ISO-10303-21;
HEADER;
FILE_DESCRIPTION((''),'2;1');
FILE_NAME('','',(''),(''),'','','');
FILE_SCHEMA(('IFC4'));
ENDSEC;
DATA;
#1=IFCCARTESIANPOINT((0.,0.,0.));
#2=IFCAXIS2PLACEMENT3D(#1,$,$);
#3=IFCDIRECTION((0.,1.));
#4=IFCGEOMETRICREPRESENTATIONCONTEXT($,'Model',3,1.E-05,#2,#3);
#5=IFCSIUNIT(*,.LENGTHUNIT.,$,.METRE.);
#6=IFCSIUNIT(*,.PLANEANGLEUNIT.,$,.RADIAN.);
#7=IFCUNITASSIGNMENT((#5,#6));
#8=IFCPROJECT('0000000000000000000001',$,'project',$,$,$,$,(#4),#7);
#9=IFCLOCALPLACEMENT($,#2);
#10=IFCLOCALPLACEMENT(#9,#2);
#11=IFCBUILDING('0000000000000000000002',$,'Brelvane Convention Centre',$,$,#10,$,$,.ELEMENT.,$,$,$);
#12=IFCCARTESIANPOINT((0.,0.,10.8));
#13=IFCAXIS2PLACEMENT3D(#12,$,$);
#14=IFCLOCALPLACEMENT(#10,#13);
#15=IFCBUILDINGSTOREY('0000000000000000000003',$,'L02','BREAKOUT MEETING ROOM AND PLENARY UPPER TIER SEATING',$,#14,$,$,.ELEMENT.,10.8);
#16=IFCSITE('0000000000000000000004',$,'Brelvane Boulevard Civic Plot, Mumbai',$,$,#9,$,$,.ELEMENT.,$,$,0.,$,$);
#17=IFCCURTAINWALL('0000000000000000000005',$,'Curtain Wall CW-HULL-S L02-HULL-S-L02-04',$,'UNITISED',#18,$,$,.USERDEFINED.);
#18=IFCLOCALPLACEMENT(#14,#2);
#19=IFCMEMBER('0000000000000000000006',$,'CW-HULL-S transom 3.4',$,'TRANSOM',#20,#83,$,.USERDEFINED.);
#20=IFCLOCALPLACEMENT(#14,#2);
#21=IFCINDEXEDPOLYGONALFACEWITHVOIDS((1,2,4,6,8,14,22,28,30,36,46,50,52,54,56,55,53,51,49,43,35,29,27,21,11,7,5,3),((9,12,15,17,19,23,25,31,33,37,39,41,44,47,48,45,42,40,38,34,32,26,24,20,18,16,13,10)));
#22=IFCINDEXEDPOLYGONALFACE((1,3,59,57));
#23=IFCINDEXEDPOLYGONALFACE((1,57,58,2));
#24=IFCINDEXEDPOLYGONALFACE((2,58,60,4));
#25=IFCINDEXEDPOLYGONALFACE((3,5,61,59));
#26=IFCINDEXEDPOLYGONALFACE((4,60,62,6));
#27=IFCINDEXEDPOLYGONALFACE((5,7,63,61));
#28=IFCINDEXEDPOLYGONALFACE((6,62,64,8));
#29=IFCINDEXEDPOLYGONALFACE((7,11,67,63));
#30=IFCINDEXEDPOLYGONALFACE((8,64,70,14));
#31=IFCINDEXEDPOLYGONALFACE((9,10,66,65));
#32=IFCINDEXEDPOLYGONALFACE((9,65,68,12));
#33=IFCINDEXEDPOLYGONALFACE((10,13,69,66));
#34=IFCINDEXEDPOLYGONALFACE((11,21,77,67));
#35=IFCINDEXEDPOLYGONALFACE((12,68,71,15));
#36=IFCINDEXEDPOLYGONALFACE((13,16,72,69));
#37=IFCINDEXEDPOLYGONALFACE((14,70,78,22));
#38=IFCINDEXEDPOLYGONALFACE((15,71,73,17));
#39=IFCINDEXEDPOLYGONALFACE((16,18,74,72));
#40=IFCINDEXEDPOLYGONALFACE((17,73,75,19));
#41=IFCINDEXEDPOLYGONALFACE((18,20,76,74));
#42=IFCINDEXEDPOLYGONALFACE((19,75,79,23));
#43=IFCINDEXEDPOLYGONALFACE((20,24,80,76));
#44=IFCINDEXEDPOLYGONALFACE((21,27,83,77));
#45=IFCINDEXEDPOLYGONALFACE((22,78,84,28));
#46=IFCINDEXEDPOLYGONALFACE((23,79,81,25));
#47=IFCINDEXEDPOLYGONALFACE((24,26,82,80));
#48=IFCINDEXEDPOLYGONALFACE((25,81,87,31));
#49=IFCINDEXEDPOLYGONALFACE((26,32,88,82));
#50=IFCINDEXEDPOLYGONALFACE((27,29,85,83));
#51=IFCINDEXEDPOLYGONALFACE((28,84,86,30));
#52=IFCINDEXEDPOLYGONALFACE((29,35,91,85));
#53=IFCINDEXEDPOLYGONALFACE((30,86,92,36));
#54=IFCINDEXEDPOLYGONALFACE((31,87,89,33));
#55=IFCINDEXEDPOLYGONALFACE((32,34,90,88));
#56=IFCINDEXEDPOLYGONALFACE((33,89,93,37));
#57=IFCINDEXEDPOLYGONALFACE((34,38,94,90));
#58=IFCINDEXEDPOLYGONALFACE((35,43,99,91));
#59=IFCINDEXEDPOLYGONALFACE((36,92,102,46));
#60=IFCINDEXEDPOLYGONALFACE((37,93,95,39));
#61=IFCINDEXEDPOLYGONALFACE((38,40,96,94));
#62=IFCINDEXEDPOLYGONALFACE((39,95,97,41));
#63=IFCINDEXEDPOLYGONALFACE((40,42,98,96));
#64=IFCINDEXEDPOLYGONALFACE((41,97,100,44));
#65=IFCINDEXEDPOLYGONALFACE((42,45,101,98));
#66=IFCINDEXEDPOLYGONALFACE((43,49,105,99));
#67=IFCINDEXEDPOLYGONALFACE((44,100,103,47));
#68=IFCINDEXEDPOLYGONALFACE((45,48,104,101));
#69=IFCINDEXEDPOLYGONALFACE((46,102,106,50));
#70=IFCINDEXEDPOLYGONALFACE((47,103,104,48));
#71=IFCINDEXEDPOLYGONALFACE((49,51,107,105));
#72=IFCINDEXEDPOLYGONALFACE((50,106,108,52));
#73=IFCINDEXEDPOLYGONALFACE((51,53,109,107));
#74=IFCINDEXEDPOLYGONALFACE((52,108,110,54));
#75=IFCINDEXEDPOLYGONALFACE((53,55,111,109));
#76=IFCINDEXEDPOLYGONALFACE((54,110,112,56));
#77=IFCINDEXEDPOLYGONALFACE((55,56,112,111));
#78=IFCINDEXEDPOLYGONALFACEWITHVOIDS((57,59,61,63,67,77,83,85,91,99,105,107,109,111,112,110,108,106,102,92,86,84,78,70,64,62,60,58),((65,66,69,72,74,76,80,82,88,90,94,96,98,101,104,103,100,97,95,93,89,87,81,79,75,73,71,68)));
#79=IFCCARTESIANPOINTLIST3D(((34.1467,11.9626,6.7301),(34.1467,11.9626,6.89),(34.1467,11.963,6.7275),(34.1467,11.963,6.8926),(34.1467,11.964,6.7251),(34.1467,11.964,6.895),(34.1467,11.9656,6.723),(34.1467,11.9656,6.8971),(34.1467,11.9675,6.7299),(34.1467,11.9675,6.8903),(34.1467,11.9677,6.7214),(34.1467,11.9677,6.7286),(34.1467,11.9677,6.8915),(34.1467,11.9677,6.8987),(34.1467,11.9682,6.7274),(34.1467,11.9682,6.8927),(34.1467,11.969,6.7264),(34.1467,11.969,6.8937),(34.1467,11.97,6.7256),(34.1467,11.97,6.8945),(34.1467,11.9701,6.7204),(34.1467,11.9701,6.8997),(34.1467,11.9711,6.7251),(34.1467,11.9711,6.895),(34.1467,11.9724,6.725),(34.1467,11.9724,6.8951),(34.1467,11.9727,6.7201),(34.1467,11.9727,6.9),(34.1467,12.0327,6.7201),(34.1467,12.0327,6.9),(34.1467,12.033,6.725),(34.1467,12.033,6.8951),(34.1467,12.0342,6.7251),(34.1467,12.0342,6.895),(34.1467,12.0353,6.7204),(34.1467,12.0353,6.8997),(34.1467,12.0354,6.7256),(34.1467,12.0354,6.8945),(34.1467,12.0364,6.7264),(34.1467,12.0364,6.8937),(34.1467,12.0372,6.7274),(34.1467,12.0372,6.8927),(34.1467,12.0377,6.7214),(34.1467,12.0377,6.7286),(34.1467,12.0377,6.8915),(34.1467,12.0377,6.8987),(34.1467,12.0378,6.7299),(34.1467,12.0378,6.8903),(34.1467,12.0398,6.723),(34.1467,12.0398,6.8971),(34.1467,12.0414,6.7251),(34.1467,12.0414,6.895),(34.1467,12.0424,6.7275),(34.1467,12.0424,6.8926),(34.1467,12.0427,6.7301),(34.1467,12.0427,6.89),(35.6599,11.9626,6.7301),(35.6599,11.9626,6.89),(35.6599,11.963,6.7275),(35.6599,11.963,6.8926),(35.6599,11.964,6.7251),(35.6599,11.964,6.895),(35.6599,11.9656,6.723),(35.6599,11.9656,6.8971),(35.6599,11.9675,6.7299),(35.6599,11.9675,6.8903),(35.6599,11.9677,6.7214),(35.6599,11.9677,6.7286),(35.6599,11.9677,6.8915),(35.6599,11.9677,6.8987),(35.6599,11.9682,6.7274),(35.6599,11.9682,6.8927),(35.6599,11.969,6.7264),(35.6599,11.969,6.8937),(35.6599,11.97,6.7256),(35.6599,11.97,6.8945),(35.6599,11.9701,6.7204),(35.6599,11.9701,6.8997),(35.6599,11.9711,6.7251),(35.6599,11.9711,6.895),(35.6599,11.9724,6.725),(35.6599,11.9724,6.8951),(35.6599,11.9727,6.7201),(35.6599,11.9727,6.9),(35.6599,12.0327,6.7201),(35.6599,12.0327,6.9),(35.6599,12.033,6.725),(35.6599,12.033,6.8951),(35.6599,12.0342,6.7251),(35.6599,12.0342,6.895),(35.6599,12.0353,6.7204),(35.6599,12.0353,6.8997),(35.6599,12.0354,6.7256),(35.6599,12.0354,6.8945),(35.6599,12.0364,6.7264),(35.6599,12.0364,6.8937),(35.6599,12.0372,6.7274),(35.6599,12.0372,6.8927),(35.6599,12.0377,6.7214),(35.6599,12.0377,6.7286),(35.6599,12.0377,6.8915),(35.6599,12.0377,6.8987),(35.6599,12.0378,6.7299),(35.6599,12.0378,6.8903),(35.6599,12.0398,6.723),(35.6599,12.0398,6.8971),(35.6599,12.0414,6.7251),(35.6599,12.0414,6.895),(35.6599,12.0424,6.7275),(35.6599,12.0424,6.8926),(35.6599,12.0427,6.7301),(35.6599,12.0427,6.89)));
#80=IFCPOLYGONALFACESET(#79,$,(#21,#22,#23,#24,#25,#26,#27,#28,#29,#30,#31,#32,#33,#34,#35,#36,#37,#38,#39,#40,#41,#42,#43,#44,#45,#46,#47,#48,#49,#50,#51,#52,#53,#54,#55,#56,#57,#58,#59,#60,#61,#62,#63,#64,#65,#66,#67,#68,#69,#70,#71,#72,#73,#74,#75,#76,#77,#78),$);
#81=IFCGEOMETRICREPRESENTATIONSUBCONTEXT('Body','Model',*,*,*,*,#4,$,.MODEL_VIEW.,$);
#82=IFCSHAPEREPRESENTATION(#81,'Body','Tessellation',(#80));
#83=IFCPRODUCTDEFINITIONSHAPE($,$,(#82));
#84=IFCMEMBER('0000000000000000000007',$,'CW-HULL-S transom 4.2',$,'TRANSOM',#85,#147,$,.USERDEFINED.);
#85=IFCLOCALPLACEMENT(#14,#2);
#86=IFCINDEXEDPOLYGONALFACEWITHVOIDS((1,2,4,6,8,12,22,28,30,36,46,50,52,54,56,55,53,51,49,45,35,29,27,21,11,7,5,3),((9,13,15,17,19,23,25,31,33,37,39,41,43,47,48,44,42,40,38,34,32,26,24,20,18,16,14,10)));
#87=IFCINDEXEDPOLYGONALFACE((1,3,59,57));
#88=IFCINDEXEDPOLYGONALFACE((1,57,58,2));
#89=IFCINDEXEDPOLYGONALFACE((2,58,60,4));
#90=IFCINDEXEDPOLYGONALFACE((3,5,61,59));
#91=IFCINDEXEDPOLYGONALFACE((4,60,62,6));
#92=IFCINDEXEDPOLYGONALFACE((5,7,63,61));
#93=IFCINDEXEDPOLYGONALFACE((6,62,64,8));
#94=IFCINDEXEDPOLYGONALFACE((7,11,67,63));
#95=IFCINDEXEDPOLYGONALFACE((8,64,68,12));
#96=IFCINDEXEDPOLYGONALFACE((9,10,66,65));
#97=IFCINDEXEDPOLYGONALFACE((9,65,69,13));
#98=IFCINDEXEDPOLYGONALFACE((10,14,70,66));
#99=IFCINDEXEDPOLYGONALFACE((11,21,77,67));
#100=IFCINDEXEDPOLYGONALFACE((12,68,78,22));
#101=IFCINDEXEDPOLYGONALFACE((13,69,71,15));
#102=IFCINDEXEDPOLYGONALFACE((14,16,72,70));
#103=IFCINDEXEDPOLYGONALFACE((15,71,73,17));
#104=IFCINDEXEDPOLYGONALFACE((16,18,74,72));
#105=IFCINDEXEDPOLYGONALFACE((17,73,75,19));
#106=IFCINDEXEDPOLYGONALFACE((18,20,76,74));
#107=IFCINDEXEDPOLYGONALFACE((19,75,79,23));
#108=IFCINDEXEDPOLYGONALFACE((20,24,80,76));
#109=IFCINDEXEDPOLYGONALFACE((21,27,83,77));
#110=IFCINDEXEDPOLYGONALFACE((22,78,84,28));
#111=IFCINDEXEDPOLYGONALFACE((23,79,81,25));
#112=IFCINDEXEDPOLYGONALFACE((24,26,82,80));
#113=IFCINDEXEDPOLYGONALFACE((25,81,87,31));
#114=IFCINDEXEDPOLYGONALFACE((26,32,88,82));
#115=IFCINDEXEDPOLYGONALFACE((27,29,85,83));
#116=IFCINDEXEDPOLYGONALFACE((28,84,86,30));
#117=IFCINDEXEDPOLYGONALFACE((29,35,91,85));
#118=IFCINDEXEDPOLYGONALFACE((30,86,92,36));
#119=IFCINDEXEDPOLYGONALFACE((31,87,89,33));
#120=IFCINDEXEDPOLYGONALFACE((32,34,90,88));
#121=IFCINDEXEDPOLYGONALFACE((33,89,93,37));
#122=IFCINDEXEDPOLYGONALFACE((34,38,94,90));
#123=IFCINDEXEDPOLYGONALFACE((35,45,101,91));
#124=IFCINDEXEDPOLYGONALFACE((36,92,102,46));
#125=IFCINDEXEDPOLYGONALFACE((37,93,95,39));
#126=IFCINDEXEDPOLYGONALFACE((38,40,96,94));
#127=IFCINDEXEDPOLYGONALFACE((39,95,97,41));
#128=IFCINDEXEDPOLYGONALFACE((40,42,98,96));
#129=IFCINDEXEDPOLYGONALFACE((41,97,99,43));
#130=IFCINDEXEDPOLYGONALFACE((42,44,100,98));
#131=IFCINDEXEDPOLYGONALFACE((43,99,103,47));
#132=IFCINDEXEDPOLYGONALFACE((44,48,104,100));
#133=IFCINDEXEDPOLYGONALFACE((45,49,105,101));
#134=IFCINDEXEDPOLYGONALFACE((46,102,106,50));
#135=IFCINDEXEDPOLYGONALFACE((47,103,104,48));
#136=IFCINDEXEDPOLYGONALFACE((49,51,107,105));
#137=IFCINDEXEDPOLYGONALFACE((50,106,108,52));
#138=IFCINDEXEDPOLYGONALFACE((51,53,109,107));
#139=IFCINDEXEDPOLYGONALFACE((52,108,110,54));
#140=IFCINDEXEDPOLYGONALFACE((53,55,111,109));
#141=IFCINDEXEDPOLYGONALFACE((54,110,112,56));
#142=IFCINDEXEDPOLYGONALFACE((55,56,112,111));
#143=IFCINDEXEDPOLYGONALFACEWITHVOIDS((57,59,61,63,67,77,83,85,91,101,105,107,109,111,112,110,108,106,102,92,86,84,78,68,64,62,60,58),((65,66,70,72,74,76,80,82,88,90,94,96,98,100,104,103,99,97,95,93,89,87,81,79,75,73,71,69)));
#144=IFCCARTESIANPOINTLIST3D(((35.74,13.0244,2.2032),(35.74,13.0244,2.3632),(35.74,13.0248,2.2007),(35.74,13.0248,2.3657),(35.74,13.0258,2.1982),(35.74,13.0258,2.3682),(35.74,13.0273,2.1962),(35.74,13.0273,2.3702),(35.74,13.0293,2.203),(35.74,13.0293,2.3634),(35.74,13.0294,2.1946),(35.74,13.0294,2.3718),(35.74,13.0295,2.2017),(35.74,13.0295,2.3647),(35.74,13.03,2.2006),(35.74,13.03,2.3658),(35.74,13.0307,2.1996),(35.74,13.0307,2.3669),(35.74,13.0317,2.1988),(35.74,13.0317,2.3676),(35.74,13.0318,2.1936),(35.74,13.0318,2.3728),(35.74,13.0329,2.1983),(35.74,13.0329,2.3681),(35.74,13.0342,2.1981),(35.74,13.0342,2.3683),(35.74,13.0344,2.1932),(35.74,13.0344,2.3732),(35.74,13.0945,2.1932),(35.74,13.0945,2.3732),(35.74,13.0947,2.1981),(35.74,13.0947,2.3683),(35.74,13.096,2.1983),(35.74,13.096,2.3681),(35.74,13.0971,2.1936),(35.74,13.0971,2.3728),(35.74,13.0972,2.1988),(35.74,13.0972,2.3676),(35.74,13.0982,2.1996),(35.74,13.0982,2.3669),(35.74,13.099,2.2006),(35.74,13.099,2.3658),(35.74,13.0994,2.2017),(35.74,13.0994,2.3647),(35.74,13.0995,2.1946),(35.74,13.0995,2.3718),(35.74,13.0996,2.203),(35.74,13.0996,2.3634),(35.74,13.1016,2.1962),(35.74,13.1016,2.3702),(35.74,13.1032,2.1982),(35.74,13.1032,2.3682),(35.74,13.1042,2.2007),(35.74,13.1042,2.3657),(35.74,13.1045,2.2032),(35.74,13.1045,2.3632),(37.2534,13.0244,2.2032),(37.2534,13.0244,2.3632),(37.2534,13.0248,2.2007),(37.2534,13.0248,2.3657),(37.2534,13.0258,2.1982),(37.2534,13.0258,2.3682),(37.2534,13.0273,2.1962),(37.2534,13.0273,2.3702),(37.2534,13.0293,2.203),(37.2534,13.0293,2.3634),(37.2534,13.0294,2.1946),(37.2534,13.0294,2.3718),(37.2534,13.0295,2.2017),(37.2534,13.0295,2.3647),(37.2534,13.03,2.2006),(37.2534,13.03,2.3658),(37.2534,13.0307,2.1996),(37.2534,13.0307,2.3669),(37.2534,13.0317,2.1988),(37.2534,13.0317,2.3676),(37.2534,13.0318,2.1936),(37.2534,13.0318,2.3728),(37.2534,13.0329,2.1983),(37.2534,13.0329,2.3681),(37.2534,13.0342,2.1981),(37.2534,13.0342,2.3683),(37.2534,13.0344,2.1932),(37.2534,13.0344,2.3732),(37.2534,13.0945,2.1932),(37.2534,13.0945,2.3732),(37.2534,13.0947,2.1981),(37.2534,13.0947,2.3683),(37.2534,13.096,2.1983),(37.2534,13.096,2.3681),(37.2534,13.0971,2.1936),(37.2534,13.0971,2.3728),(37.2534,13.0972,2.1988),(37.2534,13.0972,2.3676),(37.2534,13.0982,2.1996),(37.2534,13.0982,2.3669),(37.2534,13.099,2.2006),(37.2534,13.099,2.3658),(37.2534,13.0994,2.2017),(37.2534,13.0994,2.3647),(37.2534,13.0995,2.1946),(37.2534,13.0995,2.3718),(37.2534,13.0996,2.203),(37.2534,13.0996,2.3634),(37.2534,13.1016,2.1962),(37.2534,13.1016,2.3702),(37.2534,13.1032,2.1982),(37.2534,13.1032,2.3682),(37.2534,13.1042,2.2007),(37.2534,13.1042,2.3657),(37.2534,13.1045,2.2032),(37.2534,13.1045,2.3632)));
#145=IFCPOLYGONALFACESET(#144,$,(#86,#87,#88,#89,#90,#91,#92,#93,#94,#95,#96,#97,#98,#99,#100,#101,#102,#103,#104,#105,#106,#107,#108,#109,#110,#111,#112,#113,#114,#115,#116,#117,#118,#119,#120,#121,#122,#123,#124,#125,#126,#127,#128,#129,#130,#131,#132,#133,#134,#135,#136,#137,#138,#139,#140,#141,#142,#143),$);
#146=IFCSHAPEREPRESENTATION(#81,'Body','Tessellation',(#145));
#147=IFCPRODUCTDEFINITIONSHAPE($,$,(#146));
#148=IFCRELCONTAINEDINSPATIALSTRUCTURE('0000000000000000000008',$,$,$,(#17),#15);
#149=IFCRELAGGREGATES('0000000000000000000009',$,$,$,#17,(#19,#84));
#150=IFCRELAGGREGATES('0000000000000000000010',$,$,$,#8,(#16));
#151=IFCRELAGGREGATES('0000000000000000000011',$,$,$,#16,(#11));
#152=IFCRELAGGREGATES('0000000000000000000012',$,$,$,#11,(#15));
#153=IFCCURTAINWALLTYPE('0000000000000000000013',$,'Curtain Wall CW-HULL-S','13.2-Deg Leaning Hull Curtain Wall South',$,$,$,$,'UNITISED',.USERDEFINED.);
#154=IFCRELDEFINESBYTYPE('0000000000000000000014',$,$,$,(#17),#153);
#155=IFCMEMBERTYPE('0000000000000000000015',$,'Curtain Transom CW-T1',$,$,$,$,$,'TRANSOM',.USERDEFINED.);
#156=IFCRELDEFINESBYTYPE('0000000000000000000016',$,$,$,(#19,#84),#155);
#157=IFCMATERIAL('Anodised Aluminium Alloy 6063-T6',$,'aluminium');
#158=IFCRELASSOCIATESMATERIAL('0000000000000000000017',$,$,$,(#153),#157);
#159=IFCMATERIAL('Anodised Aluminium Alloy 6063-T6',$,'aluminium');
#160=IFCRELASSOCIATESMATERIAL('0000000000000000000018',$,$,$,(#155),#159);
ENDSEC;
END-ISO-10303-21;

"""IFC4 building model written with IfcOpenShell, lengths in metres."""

from ifc_helpers import new_model, si_unit, direction, frame, origin, origin_2d, place, context, subcontext, project, spatial, hollow_rectangle, extrude, material, material_profile, profile_set, type_object, element, aggregate, save


model = new_model("IFC4")

# Units and contexts
model_context = context("Model", 3, precision=1e-05, world=origin(), true_north=direction((0.0, 1.0)))
body_context = subcontext(model_context, "Body", "Model", "MODEL_VIEW")
ifc_project = project(units=[si_unit("LENGTHUNIT", "METRE"), si_unit("PLANEANGLEUNIT", "RADIAN")], contexts=[model_context])

# Site, building, storey
site_placement = place(None, origin())
site = spatial("IfcSite", under=ifc_project, at=site_placement, Name="Brelvane Boulevard Civic Plot, Mumbai", CompositionType="ELEMENT", RefElevation=0.0)
building_placement = place(site_placement, origin())
building = spatial("IfcBuilding", under=site, at=building_placement, Name="Brelvane Convention Centre", CompositionType="ELEMENT")
storey_placement = place(building_placement, frame((0.0, 0.0, 10.8)))
storey = spatial("IfcBuildingStorey", under=building, at=storey_placement, Name="L02", Description="BREAKOUT MEETING ROOM AND PLENARY UPPER TIER SEATING", CompositionType="ELEMENT", Elevation=10.8)

# Curtain wall, members
ifc_material_1 = material(Name="Anodised Aluminium Alloy 6063-T6", Category="aluminium")
curtain_wall_type = type_object("IfcCurtainWallType", Name="Curtain Wall CW-HULL-S", Description="13.2-Deg Leaning Hull Curtain Wall South", ElementType="UNITISED", PredefinedType="USERDEFINED", material=ifc_material_1)
curtain_wall_placement = place(storey_placement, origin())
curtain_wall = element("IfcCurtainWall", 1, at=curtain_wall_placement, inside=storey, type_object=curtain_wall_type, Name="Curtain Wall CW-HULL-S L02-HULL-S-L02-04", ObjectType="UNITISED", PredefinedType="USERDEFINED")
ifc_material_2 = material(Name="Anodised Aluminium Alloy 6063-T6", Category="aluminium")
ifc_material_profile = material_profile(ifc_material_2, hollow_rectangle(XDim=0.0801, YDim=0.1799, WallThickness=0.0049, InnerFilletRadius=0.0049, OuterFilletRadius=0.01, at=origin_2d()), Name="ALU-T 180x80x5.0")
ifc_profile_set = profile_set([ifc_material_profile], Name="Anodised Aluminium Alloy 6063-T6")
member_type = type_object("IfcMemberType", Name="Curtain Transom CW-T1", ElementType="TRANSOM", PredefinedType="USERDEFINED", material=ifc_profile_set)
member_1_placement = place(storey_placement, frame((34.1467, 12.0027, 6.8101), z_axis=(1.0, 0.0, 0.0), x_axis=(0.0, 1.0, 0.0)))
member_1 = element("IfcMember", 2, at=member_1_placement, type_object=member_type, Name="CW-HULL-S transom 3.4", ObjectType="TRANSOM", PredefinedType="USERDEFINED", context=body_context, shape_type="SweptSolid", body=[
    extrude(hollow_rectangle(XDim=0.0801, YDim=0.1799, WallThickness=0.0049, InnerFilletRadius=0.0049, OuterFilletRadius=0.01, at=origin_2d()), origin(), (0.0, 0.0, 1.0), 1.5132),
])
member_2_placement = place(storey_placement, frame((35.74, 13.0645, 2.2832), z_axis=(1.0, 0.0, 0.0), x_axis=(0.0, 1.0, 0.0)))
member_2 = element("IfcMember", 3, at=member_2_placement, type_object=member_type, Name="CW-HULL-S transom 4.2", ObjectType="TRANSOM", PredefinedType="USERDEFINED", context=body_context, shape_type="SweptSolid", body=[
    extrude(hollow_rectangle(XDim=0.0801, YDim=0.1799, WallThickness=0.0049, InnerFilletRadius=0.0049, OuterFilletRadius=0.01, at=origin_2d()), origin(), (0.0, 0.0, 1.0), 1.5134),
])
aggregate(curtain_wall, [member_1, member_2])

save(model, "model.ifc")
